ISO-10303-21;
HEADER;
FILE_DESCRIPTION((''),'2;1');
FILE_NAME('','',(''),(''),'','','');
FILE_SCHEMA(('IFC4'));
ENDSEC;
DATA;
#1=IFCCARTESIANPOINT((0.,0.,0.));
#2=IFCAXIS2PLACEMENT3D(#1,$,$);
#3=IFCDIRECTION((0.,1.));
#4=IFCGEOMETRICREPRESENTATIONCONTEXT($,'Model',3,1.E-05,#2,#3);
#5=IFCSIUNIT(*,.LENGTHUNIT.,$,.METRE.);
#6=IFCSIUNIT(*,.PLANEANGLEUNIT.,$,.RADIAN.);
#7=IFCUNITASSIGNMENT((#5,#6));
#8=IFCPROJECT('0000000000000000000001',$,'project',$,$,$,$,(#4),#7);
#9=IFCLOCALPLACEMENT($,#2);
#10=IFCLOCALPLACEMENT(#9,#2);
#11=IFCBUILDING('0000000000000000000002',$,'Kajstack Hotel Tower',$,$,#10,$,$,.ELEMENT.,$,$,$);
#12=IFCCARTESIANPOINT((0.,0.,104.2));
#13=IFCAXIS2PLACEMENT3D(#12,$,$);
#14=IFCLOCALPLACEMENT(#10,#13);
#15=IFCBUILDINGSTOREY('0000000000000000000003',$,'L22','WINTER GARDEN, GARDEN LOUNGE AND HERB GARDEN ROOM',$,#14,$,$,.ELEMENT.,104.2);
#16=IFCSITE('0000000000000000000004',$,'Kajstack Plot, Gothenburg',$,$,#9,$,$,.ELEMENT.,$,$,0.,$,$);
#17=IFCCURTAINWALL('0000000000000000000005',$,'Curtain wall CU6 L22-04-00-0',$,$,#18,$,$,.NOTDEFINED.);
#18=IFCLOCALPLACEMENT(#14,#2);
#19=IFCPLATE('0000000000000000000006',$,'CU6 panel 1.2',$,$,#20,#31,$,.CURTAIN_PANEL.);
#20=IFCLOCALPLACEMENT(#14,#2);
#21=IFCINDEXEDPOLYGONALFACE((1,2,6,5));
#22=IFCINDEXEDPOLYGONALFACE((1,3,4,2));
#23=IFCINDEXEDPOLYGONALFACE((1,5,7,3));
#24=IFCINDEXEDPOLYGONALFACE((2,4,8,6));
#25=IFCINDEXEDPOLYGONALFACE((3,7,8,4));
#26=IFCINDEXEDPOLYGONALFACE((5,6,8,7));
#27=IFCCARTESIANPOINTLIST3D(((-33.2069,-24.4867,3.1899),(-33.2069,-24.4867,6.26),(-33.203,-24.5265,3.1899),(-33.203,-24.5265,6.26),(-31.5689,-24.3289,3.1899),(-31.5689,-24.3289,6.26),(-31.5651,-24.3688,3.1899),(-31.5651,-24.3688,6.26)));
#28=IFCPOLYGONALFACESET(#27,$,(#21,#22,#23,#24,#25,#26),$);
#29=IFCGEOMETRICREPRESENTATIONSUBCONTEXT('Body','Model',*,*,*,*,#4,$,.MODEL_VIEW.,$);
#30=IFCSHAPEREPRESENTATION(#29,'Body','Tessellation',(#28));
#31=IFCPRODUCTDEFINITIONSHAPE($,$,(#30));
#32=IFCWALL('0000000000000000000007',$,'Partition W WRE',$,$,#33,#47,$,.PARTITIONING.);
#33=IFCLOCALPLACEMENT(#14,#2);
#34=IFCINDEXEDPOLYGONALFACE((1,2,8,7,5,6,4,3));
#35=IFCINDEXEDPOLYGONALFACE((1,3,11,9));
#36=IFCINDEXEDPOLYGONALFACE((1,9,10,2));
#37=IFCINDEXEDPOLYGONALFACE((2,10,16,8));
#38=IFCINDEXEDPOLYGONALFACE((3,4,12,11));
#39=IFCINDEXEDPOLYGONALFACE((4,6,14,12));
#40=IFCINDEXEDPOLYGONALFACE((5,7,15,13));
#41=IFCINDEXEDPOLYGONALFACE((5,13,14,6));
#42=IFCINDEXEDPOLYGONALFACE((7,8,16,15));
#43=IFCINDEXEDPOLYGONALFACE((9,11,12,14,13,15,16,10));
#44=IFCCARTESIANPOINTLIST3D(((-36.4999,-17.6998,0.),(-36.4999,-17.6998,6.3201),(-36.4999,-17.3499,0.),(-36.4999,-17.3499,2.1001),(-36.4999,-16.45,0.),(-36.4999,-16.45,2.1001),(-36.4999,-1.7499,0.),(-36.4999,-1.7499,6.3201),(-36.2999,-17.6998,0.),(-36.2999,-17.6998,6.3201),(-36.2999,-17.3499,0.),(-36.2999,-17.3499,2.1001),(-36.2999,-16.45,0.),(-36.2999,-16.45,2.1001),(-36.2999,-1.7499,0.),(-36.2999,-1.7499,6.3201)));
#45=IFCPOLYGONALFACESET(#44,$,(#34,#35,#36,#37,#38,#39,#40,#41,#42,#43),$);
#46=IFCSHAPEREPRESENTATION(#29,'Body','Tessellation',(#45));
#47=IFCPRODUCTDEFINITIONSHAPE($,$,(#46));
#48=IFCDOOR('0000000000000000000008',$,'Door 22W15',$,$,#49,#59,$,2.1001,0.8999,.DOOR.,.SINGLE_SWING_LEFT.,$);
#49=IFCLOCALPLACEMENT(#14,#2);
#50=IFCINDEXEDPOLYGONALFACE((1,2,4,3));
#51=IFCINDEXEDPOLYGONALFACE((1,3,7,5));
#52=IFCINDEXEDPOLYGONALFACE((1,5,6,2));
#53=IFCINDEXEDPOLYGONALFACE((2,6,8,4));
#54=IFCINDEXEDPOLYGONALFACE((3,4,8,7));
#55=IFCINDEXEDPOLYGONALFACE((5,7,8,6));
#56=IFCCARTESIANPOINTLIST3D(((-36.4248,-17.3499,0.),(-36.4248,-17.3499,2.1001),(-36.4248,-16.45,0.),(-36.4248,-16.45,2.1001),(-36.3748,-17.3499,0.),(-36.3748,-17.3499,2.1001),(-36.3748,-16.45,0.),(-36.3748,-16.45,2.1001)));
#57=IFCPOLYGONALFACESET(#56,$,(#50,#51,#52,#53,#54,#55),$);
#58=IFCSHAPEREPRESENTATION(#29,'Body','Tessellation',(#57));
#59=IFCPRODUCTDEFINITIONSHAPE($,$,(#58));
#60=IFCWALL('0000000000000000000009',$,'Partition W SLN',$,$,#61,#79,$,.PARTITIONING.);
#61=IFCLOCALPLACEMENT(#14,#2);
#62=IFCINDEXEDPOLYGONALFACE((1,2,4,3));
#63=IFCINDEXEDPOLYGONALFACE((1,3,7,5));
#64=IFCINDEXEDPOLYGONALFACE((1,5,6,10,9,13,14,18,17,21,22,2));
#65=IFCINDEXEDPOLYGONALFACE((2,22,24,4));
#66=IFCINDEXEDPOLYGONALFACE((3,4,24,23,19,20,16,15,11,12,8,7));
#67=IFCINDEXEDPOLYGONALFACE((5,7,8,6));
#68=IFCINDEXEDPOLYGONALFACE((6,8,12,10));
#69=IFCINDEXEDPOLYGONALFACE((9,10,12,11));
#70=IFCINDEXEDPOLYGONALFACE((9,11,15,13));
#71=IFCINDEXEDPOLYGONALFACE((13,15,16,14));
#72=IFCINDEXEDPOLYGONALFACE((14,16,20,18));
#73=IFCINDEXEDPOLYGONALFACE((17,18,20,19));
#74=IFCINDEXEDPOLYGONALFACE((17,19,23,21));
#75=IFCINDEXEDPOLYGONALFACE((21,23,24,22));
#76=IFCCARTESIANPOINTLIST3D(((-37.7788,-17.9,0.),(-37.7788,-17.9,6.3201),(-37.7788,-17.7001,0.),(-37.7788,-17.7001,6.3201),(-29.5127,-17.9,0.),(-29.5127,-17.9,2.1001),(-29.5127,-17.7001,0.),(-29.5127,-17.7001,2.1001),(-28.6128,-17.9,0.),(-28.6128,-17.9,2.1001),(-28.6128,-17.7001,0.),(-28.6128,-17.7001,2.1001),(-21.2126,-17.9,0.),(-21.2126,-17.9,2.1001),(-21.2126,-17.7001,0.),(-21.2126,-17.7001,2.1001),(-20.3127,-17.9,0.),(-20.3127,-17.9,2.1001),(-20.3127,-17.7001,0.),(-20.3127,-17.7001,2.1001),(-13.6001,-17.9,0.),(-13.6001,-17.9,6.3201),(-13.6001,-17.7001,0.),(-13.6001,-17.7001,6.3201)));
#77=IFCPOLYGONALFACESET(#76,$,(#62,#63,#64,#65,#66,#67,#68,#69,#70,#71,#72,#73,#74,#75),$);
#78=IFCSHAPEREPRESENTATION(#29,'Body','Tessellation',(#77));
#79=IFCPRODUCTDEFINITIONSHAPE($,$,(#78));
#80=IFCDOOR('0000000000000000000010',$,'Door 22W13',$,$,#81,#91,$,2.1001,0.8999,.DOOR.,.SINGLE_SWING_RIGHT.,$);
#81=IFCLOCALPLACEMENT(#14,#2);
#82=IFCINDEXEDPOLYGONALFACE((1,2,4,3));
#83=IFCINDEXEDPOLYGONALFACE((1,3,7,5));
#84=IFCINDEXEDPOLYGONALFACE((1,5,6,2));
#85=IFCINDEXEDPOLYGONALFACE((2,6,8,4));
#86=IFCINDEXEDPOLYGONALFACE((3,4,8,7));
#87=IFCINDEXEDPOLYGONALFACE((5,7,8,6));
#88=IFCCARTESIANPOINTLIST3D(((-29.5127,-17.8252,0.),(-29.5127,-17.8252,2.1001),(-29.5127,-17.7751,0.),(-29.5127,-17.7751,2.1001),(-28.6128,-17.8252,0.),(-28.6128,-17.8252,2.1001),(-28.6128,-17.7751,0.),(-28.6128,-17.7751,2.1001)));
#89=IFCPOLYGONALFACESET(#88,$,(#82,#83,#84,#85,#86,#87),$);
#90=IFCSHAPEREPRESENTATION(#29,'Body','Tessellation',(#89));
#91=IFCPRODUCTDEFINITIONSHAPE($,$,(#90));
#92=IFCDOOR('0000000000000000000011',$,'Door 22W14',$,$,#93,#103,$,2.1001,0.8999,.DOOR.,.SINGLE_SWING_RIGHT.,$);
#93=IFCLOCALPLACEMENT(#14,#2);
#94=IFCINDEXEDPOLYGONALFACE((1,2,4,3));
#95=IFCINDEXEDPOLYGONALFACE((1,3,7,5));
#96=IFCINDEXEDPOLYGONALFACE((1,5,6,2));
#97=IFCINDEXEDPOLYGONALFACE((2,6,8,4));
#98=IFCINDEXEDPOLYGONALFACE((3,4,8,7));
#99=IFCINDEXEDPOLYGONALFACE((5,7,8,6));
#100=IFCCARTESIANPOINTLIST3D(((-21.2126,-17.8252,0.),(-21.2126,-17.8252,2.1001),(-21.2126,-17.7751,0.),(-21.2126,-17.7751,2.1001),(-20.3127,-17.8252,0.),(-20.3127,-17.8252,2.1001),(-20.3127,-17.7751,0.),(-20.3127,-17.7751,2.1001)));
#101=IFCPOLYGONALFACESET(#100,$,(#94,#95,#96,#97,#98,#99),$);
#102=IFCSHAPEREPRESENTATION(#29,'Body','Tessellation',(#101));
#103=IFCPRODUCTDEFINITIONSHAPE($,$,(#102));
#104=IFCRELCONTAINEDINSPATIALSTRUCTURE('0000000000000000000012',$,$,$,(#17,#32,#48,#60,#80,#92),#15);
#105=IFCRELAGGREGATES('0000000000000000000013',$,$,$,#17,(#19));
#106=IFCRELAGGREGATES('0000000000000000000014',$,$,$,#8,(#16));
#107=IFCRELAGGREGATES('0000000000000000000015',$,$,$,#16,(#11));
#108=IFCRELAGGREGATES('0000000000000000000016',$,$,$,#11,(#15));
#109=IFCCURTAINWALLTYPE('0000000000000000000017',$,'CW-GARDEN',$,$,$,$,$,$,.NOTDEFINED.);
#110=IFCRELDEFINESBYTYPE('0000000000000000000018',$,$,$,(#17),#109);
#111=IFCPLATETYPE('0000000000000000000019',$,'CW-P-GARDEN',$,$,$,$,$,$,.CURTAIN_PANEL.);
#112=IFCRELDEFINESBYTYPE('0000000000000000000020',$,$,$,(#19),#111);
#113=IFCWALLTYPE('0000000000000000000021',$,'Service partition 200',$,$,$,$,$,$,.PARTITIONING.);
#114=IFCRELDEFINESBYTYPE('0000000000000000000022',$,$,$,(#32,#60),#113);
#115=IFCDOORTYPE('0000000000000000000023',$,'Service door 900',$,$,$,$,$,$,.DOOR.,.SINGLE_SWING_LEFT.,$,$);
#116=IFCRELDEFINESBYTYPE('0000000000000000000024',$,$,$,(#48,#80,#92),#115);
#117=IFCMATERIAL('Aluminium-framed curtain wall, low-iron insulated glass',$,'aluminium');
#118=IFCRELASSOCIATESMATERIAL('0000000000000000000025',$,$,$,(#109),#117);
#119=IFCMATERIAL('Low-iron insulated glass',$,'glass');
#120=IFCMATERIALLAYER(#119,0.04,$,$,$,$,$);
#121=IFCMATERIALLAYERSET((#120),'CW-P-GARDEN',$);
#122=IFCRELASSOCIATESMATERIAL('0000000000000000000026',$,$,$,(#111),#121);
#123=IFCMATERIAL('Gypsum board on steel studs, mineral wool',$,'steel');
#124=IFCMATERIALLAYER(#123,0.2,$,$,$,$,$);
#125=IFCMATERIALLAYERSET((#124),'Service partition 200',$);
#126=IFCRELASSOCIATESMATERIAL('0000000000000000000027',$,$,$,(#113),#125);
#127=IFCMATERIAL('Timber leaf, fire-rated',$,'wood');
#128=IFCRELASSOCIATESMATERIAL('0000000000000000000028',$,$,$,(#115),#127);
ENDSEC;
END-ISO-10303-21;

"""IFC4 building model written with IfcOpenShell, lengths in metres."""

from ifc_helpers import new_model, si_unit, direction, frame, frame_2d, origin, origin_2d, place, context, subcontext, project, spatial, rectangle, extrude, material, layer, layer_set, type_object, element, fill, aggregate, save


model = new_model("IFC4")

# Units and contexts
model_context = context("Model", 3, precision=1e-05, world=origin(), true_north=direction((0.0, 1.0)))
body_context = subcontext(model_context, "Body", "Model", "MODEL_VIEW")
ifc_project = project(units=[si_unit("LENGTHUNIT", "METRE"), si_unit("PLANEANGLEUNIT", "RADIAN")], contexts=[model_context])

# Site, building, storey
site_placement = place(None, origin())
site = spatial("IfcSite", under=ifc_project, at=site_placement, Name="Kajstack Plot, Gothenburg", CompositionType="ELEMENT", RefElevation=0.0)
building_placement = place(site_placement, origin())
building = spatial("IfcBuilding", under=site, at=building_placement, Name="Kajstack Hotel Tower", CompositionType="ELEMENT")
storey_placement = place(building_placement, frame((0.0, 0.0, 104.2)))
storey = spatial("IfcBuildingStorey", under=building, at=storey_placement, Name="L22", Description="WINTER GARDEN, GARDEN LOUNGE AND HERB GARDEN ROOM", CompositionType="ELEMENT", Elevation=104.2)

# Shared definitions
ifc_material_1 = material(Name="Aluminium-framed curtain wall, low-iron insulated glass", Category="aluminium")
curtain_wall_type = type_object("IfcCurtainWallType", Name="CW-GARDEN", PredefinedType="NOTDEFINED", material=ifc_material_1)

# Curtain wall
curtain_wall_1_placement = place(storey_placement, origin())
curtain_wall_1 = element("IfcCurtainWall", 1, at=curtain_wall_1_placement, inside=storey, type_object=curtain_wall_type, Name="Curtain wall CU6 L22-04-00-0", PredefinedType="NOTDEFINED")

# Plate
ifc_material_2 = material(Name="Low-iron insulated glass", Category="glass")
ifc_layer_1 = layer(ifc_material_2, 0.04)
ifc_layer_set_1 = layer_set([ifc_layer_1], Name="CW-P-GARDEN")
plate_type = type_object("IfcPlateType", Name="CW-P-GARDEN", PredefinedType="CURTAIN_PANEL", material=ifc_layer_set_1)
plate_1_placement = place(storey_placement, frame((-32.386, -24.4277, 3.1899), z_axis=(0.0, 0.0, 1.0), x_axis=(0.995396, 0.095846, 0.0)))
plate_1 = element("IfcPlate", 2, at=plate_1_placement, type_object=plate_type, Name="CU6 panel 1.2", PredefinedType="CURTAIN_PANEL", context=body_context, shape_type="SweptSolid", body=[
    extrude(rectangle(XDim=1.6455, YDim=0.04, at=origin_2d()), origin(), (0.0, 0.0, 1.0), 3.0701),
])
aggregate(curtain_wall_1, [plate_1])

# Wall, opening, door
ifc_material_3 = material(Name="Gypsum board on steel studs, mineral wool", Category="steel")
ifc_layer_2 = layer(ifc_material_3, 0.2)
ifc_layer_set_2 = layer_set([ifc_layer_2], Name="Service partition 200")
wall_type = type_object("IfcWallType", Name="Service partition 200", PredefinedType="PARTITIONING", material=ifc_layer_set_2)
wall_1_placement = place(storey_placement, frame((-36.3999, -17.7, 0.0), z_axis=(0.0, 0.0, 1.0), x_axis=(0.0, 1.0, 0.0)))
wall_1 = element("IfcWall", 3, at=wall_1_placement, inside=storey, type_object=wall_type, Name="Partition W WRE", PredefinedType="PARTITIONING", context=body_context, shape_type="SweptSolid", body=[
    extrude(rectangle(XDim=15.95, YDim=0.2, at=frame_2d((7.9751, 0.0))), origin(), (0.0, 0.0, 1.0), 6.3201),
])
opening_1_placement = place(wall_1_placement, frame((0.3501, 0.0, 0.0)))
opening_1 = element("IfcOpeningElement", 4, at=opening_1_placement, cuts=wall_1, PredefinedType="OPENING", context=body_context, shape_type="SweptSolid", body=[
    extrude(rectangle(XDim=0.8999, YDim=2.1001, at=frame_2d((0.45, 1.05))), frame((0.0, 0.1099, 0.0), z_axis=(0.0, -1.0, 0.0), x_axis=(1.0, 0.0, 0.0)), (0.0, 0.0, 1.0), 0.22),
])
ifc_material_4 = material(Name="Timber leaf, fire-rated", Category="wood")
door_type = type_object("IfcDoorType", Name="Service door 900", OperationType="SINGLE_SWING_LEFT", PredefinedType="DOOR", material=ifc_material_4)
door_1_placement = place(opening_1_placement, origin())
door_1 = element("IfcDoor", 5, at=door_1_placement, inside=storey, type_object=door_type, Name="Door 22W15", OperationType="SINGLE_SWING_LEFT", OverallHeight=2.1001, OverallWidth=0.8999, PredefinedType="DOOR", context=body_context, shape_type="SweptSolid", body=[
    extrude(rectangle(XDim=0.8999, YDim=2.1001, at=frame_2d((0.45, 1.05))), frame((0.0, 0.0249, 0.0), z_axis=(0.0, -1.0, 0.0), x_axis=(1.0, 0.0, 0.0)), (0.0, 0.0, 1.0), 0.05),
])
fill(opening_1, door_1)

# Wall, openings, doors
wall_2_placement = place(storey_placement, frame((-37.7788, -17.8, 0.0), z_axis=(0.0, 0.0, 1.0), x_axis=(1.0, 0.0, 0.0)))
wall_2 = element("IfcWall", 6, at=wall_2_placement, inside=storey, type_object=wall_type, Name="Partition W SLN", PredefinedType="PARTITIONING", context=body_context, shape_type="SweptSolid", body=[
    extrude(rectangle(XDim=24.1787, YDim=0.2, at=frame_2d((12.0894, 0.0))), origin(), (0.0, 0.0, 1.0), 6.3201),
])
opening_2_placement = place(wall_2_placement, frame((8.2661, 0.0, 0.0)))
opening_2 = element("IfcOpeningElement", 7, at=opening_2_placement, cuts=wall_2, PredefinedType="OPENING", context=body_context, shape_type="SweptSolid", body=[
    extrude(rectangle(XDim=0.8999, YDim=2.1001, at=frame_2d((0.45, 1.05))), frame((0.0, 0.1099, 0.0), z_axis=(0.0, -1.0, 0.0), x_axis=(1.0, 0.0, 0.0)), (0.0, 0.0, 1.0), 0.22),
])
opening_3_placement = place(wall_2_placement, frame((16.5662, 0.0, 0.0)))
opening_3 = element("IfcOpeningElement", 8, at=opening_3_placement, cuts=wall_2, PredefinedType="OPENING", context=body_context, shape_type="SweptSolid", body=[
    extrude(rectangle(XDim=0.8999, YDim=2.1001, at=frame_2d((0.45, 1.05))), frame((0.0, 0.1099, 0.0), z_axis=(0.0, -1.0, 0.0), x_axis=(1.0, 0.0, 0.0)), (0.0, 0.0, 1.0), 0.22),
])
door_2_placement = place(opening_2_placement, origin())
door_2 = element("IfcDoor", 9, at=door_2_placement, inside=storey, type_object=door_type, Name="Door 22W13", OperationType="SINGLE_SWING_RIGHT", OverallHeight=2.1001, OverallWidth=0.8999, PredefinedType="DOOR", context=body_context, shape_type="SweptSolid", body=[
    extrude(rectangle(XDim=0.8999, YDim=2.1001, at=frame_2d((0.45, 1.05))), frame((0.0, 0.0249, 0.0), z_axis=(0.0, -1.0, 0.0), x_axis=(1.0, 0.0, 0.0)), (0.0, 0.0, 1.0), 0.05),
])
fill(opening_2, door_2)
door_3_placement = place(opening_3_placement, origin())
door_3 = element("IfcDoor", 10, at=door_3_placement, inside=storey, type_object=door_type, Name="Door 22W14", OperationType="SINGLE_SWING_RIGHT", OverallHeight=2.1001, OverallWidth=0.8999, PredefinedType="DOOR", context=body_context, shape_type="SweptSolid", body=[
    extrude(rectangle(XDim=0.8999, YDim=2.1001, at=frame_2d((0.45, 1.05))), frame((0.0, 0.0249, 0.0), z_axis=(0.0, -1.0, 0.0), x_axis=(1.0, 0.0, 0.0)), (0.0, 0.0, 1.0), 0.05),
])
fill(opening_3, door_3)

save(model, "model.ifc")
